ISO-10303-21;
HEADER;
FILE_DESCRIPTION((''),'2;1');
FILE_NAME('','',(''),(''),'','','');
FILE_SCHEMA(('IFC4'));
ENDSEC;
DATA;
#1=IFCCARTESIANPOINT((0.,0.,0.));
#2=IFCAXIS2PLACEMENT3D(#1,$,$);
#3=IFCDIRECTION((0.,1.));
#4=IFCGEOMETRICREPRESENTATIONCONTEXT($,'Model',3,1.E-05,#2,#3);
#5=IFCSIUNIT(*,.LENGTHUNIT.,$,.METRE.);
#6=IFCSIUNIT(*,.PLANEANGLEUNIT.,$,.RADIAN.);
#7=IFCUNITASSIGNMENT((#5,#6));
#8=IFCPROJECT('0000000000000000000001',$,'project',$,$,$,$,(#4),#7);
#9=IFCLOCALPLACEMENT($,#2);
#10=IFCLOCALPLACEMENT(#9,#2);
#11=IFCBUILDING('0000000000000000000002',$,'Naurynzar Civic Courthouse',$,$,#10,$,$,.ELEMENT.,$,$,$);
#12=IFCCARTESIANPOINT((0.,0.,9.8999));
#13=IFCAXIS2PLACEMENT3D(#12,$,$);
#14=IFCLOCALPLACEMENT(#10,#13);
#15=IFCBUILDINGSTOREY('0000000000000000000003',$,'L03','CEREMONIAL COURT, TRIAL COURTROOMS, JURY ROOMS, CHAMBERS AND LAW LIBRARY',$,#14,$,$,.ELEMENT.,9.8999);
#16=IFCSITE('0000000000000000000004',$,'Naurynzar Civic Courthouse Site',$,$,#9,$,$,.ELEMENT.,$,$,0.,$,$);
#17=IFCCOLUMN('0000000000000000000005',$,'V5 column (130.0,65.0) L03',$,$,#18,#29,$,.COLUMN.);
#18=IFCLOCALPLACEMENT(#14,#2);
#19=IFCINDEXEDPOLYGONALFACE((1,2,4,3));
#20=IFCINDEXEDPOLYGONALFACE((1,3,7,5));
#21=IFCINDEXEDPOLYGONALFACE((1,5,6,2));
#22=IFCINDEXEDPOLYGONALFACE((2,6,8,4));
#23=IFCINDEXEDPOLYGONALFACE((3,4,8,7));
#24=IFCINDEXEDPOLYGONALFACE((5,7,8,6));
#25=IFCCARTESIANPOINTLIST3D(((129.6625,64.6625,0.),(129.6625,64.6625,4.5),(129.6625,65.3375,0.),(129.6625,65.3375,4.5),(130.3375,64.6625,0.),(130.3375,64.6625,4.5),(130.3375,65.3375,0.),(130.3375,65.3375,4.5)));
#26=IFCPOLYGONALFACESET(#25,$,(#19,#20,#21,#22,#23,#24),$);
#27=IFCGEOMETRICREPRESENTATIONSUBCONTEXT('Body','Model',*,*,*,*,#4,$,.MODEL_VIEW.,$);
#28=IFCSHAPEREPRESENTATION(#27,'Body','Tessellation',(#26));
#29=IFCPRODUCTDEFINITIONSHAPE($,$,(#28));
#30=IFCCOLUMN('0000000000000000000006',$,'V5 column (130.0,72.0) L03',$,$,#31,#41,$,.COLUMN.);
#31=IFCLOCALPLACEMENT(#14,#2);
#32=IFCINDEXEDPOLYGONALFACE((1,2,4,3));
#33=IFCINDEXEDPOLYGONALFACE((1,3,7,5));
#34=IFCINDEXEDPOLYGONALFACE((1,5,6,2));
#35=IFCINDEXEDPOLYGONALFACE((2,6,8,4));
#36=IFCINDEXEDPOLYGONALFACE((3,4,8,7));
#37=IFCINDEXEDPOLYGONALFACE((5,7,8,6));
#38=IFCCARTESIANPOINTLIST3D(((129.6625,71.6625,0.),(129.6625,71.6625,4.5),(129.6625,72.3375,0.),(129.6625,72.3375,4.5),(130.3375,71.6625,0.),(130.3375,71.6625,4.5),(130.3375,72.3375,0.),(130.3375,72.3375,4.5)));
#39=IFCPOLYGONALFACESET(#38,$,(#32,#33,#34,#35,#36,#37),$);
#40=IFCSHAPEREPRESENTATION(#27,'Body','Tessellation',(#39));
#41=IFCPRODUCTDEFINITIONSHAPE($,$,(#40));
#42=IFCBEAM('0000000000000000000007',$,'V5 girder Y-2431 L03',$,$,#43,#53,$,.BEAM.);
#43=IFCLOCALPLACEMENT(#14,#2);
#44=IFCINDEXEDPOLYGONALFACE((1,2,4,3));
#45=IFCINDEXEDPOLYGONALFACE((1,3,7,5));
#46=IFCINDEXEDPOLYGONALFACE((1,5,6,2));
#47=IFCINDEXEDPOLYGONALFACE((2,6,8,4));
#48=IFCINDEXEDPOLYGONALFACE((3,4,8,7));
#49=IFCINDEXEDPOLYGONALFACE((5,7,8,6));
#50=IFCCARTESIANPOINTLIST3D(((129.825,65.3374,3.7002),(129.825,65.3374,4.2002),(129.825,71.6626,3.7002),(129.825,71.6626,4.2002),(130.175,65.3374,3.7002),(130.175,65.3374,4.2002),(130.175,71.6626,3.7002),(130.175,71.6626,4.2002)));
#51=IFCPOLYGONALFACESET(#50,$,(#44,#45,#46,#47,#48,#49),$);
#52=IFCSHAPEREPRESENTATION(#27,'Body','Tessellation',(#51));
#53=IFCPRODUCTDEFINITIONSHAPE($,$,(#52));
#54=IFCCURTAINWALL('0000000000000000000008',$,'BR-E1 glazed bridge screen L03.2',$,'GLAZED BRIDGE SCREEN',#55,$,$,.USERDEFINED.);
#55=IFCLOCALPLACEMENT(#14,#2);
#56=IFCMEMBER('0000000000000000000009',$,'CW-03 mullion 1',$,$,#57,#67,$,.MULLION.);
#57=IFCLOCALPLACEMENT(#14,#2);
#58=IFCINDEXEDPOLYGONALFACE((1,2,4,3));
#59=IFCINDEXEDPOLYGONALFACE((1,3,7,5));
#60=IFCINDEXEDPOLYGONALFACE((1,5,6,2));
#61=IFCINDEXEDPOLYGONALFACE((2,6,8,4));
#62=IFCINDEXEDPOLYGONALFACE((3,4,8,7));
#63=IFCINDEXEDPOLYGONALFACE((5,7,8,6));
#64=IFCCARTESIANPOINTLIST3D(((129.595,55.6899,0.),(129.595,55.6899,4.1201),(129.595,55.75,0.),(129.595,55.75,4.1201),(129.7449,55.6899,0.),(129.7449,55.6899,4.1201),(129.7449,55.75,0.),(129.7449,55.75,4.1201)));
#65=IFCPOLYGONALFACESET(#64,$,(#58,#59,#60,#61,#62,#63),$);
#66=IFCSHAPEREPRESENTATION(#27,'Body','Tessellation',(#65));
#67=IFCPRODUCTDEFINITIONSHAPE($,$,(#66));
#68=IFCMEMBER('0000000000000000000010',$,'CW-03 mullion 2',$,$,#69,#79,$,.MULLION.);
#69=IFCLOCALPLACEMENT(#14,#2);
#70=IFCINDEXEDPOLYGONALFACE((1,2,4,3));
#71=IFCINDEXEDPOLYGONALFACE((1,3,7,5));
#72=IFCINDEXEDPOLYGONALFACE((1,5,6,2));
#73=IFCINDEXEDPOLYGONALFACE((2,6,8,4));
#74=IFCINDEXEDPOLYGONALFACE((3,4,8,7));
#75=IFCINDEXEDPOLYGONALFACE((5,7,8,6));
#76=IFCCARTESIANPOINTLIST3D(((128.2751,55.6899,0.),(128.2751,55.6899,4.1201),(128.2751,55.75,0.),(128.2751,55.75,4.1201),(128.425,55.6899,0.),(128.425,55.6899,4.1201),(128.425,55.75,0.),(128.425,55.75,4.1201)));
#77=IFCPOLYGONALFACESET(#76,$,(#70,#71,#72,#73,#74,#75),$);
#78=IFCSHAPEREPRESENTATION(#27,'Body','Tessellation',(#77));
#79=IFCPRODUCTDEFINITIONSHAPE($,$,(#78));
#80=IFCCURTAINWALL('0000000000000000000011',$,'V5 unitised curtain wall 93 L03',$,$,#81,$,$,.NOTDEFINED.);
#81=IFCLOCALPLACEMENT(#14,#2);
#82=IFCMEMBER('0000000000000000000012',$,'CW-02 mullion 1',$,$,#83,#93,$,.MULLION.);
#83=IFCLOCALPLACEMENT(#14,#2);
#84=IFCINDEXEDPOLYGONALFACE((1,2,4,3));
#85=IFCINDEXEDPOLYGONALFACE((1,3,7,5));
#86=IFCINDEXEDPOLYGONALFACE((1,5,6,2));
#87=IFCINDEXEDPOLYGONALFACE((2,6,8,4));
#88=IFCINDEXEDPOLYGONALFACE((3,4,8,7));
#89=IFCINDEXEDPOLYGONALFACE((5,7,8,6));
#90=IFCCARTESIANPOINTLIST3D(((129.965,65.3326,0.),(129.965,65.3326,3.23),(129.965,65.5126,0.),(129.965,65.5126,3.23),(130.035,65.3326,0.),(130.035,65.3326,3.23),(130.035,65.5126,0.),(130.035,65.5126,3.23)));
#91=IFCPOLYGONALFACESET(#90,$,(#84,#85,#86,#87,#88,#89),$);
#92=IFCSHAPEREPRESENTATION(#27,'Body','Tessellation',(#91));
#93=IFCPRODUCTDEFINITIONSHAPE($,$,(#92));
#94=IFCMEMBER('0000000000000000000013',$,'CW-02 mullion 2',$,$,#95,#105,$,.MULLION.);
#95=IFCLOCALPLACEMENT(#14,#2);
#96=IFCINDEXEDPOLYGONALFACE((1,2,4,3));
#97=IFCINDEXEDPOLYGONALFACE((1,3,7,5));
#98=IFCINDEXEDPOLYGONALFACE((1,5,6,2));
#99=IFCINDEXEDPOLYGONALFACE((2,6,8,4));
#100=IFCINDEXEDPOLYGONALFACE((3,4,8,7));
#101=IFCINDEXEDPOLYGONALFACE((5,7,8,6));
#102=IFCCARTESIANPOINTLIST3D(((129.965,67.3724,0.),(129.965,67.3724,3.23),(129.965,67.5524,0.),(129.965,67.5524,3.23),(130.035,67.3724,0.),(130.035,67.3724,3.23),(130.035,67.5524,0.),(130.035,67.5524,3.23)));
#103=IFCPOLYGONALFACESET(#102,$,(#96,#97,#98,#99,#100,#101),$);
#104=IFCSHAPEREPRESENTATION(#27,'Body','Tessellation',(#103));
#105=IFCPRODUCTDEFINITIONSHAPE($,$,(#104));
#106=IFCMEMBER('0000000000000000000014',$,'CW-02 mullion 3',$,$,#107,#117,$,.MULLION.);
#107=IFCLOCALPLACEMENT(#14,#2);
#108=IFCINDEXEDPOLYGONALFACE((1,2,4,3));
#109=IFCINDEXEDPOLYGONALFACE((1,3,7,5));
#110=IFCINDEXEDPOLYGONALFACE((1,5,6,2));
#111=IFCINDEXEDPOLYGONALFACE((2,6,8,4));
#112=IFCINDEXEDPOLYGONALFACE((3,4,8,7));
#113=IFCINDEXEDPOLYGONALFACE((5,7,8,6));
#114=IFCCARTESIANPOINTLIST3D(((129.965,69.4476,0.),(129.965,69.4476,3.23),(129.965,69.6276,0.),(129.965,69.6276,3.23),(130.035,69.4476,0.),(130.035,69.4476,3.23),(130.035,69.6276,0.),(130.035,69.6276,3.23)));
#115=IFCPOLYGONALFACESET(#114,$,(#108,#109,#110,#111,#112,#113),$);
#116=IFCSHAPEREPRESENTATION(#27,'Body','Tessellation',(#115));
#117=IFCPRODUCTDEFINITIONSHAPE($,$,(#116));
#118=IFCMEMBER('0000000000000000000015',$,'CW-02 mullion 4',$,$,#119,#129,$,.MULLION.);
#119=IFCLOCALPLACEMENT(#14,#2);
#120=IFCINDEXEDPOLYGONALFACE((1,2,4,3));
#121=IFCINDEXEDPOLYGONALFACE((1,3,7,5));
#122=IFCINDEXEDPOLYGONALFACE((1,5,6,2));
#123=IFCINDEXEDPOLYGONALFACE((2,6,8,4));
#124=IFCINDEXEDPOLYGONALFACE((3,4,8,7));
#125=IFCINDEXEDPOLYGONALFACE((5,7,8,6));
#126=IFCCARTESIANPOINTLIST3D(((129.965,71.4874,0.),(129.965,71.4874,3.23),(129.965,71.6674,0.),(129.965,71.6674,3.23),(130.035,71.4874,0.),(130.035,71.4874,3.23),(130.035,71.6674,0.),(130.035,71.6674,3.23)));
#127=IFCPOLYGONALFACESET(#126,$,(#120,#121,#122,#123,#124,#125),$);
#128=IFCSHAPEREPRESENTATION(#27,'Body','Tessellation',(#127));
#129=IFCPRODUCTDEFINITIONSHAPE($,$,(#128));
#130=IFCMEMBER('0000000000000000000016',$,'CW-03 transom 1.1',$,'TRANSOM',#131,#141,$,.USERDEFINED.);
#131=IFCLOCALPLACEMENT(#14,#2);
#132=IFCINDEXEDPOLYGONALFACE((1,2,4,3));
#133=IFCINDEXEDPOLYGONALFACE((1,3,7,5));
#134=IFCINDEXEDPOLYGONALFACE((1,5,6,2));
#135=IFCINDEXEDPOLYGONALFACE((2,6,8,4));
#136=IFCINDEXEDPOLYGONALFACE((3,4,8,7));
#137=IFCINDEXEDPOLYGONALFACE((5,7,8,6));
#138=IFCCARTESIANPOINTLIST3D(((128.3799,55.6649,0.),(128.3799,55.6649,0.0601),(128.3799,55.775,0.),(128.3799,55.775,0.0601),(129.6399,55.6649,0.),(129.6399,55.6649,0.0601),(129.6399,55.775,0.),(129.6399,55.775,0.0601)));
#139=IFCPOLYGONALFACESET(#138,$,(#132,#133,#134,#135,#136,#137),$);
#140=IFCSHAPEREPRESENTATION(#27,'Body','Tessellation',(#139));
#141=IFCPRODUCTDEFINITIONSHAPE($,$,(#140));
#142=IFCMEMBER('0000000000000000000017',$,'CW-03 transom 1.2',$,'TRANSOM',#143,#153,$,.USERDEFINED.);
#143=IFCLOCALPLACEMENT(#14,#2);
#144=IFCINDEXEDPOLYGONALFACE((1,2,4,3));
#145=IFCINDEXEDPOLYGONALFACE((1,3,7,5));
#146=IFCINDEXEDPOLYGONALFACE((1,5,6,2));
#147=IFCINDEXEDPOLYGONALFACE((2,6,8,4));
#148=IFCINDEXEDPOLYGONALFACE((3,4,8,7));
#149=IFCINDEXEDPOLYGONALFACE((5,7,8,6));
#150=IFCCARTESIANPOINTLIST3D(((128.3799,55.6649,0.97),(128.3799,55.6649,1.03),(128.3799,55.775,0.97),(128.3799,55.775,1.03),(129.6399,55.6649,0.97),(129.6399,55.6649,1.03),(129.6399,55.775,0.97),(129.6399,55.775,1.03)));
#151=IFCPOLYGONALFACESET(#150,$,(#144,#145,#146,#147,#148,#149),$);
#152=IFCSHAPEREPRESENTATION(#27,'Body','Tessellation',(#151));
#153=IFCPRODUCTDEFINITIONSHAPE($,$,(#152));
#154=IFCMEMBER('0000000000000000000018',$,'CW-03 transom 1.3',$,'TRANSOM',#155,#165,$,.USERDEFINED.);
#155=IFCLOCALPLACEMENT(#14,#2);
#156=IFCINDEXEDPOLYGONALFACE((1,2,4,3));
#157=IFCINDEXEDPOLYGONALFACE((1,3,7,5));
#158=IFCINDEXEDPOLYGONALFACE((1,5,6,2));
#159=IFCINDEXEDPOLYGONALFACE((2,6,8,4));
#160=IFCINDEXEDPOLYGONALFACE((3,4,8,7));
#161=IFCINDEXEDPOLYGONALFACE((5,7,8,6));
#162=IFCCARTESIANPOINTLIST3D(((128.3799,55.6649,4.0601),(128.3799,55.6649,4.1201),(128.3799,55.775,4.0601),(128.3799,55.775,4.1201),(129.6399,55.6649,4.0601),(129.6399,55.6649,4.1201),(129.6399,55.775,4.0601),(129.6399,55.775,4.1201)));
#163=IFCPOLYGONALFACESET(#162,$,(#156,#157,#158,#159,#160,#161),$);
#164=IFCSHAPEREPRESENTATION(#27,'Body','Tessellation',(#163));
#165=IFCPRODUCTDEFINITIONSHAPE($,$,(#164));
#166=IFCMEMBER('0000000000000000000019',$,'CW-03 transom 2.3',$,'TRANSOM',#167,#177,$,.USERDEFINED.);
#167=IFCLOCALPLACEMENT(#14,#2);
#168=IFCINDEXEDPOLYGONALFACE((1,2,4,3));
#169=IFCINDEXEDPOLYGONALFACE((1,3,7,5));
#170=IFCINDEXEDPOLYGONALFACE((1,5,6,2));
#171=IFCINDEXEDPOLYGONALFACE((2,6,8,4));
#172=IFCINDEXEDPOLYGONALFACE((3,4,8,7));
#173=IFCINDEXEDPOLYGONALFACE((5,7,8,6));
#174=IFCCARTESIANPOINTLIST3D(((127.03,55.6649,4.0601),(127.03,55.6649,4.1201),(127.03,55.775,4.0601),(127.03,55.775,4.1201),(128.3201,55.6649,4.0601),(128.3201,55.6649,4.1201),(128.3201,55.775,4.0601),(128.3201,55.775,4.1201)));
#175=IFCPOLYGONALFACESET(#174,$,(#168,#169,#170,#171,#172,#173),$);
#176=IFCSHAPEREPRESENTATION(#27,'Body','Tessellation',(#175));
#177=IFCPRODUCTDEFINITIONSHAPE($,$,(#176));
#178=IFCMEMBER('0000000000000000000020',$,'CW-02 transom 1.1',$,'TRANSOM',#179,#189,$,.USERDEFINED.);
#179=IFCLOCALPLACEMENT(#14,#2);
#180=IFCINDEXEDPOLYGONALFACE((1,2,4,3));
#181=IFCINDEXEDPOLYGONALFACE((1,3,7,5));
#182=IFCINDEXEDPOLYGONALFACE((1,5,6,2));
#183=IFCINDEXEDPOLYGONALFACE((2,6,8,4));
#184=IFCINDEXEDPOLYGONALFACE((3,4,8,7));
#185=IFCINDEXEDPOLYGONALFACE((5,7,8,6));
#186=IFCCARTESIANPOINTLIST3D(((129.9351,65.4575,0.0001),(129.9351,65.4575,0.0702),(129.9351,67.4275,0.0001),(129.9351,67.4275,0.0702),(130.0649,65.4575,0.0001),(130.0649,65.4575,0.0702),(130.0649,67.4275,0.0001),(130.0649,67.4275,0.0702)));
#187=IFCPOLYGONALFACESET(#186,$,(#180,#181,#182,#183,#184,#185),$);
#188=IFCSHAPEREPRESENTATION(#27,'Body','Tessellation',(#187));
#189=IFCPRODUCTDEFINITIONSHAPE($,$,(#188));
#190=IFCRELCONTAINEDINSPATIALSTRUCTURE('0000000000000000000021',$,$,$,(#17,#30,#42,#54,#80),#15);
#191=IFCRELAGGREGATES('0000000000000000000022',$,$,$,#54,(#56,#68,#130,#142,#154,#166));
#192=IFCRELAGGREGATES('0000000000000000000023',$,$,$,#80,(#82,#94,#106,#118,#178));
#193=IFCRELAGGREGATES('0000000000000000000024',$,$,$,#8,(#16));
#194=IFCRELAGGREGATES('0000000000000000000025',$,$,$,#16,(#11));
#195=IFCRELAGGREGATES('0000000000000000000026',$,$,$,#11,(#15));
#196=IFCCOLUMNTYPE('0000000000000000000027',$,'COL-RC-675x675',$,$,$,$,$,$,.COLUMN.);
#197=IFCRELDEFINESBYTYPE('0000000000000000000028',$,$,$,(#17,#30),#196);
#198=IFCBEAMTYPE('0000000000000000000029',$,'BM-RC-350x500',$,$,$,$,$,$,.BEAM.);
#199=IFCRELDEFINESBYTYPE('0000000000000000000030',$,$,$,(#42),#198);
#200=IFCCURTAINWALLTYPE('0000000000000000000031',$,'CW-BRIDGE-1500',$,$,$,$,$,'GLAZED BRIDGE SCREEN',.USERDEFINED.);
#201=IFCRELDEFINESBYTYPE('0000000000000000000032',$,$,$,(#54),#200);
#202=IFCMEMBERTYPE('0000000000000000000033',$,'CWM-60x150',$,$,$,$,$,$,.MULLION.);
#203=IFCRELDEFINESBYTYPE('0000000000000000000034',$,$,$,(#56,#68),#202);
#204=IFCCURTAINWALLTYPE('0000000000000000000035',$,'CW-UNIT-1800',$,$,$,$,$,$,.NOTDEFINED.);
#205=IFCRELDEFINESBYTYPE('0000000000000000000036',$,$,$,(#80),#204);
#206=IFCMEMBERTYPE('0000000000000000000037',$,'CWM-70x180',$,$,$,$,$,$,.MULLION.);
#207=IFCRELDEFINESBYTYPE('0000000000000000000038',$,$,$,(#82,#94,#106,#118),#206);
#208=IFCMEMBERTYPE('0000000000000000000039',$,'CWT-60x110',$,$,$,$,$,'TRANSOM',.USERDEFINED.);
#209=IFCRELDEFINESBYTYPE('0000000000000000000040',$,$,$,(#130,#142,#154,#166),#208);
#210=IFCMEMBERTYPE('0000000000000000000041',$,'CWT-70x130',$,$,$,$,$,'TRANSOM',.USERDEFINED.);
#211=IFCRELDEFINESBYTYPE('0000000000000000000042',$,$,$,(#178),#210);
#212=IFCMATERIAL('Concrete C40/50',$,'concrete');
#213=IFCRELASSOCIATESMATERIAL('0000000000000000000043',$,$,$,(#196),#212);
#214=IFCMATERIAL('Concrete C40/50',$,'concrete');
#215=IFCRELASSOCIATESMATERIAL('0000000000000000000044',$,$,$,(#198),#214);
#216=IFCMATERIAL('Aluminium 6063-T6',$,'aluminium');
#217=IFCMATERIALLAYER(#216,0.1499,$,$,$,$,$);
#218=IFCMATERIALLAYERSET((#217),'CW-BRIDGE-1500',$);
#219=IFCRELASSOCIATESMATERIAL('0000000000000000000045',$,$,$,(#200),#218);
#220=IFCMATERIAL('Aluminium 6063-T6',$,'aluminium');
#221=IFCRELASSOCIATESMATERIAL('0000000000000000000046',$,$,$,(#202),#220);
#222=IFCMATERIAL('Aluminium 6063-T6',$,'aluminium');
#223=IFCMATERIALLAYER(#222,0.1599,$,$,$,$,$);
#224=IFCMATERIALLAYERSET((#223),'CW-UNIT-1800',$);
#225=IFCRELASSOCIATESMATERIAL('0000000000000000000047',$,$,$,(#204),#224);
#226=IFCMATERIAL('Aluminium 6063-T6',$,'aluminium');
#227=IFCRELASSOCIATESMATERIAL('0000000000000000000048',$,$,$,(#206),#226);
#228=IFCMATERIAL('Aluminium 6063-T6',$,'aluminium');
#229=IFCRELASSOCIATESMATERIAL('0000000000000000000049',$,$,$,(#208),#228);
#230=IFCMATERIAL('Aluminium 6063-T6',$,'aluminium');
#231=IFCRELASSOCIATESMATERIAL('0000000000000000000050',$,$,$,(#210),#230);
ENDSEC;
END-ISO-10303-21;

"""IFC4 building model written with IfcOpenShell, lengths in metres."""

from ifc_helpers import new_model, si_unit, direction, frame, origin, origin_2d, place, context, subcontext, project, spatial, rectangle, extrude, material, layer, layer_set, material_profile, profile_set, type_object, element, aggregate, save


model = new_model("IFC4")

# Units and contexts
model_context = context("Model", 3, precision=1e-05, world=origin(), true_north=direction((0.0, 1.0)))
body_context = subcontext(model_context, "Body", "Model", "MODEL_VIEW")
ifc_project = project(units=[si_unit("LENGTHUNIT", "METRE"), si_unit("PLANEANGLEUNIT", "RADIAN")], contexts=[model_context])

# Site, building, storey
site_placement = place(None, origin())
site = spatial("IfcSite", under=ifc_project, at=site_placement, Name="Naurynzar Civic Courthouse Site", CompositionType="ELEMENT", RefElevation=0.0)
building_placement = place(site_placement, origin())
building = spatial("IfcBuilding", under=site, at=building_placement, Name="Naurynzar Civic Courthouse", CompositionType="ELEMENT")
storey_placement = place(building_placement, frame((0.0, 0.0, 9.8999)))
storey = spatial("IfcBuildingStorey", under=building, at=storey_placement, Name="L03", Description="CEREMONIAL COURT, TRIAL COURTROOMS, JURY ROOMS, CHAMBERS AND LAW LIBRARY", CompositionType="ELEMENT", Elevation=9.8999)

# Columns
ifc_material_1 = material(Name="Concrete C40/50", Category="concrete")
ifc_material_profile_1 = material_profile(ifc_material_1, rectangle(XDim=0.675, YDim=0.675, at=origin_2d()), Name="RC 675x675")
ifc_profile_set_1 = profile_set([ifc_material_profile_1], Name="Concrete C40/50")
column_type = type_object("IfcColumnType", Name="COL-RC-675x675", PredefinedType="COLUMN", material=ifc_profile_set_1)
for number, where, z_axis, x_axis, name in (
    (1, (130.0, 65.0, 0.0), (0.0, 0.0, 1.0), (1.0, 0.0, 0.0), "V5 column (130.0,65.0) L03"),
    (2, (130.0, 72.0, 0.0), (0.0, 0.0, 1.0), (1.0, 0.0, 0.0), "V5 column (130.0,72.0) L03"),
):
    element("IfcColumn", number, at=place(storey_placement, frame(where, z_axis=z_axis, x_axis=x_axis)), inside=storey, type_object=column_type, Name=name, PredefinedType="COLUMN", context=body_context, shape_type="SweptSolid", body=[
        extrude(rectangle(XDim=0.675, YDim=0.675, at=origin_2d()), origin(), (0.0, 0.0, 1.0), 4.5),
    ])

# Beam
ifc_material_2 = material(Name="Concrete C40/50", Category="concrete")
ifc_material_profile_2 = material_profile(ifc_material_2, rectangle(XDim=0.3501, YDim=0.5, at=origin_2d()), Name="RCB 350x500")
ifc_profile_set_2 = profile_set([ifc_material_profile_2], Name="Concrete C40/50")
beam_type = type_object("IfcBeamType", Name="BM-RC-350x500", PredefinedType="BEAM", material=ifc_profile_set_2)
beam_placement = place(storey_placement, frame((130.0, 65.3374, 3.9502), z_axis=(0.0, 1.0, 0.0), x_axis=(-1.0, 0.0, 0.0)))
element("IfcBeam", 3, at=beam_placement, inside=storey, type_object=beam_type, Name="V5 girder Y-2431 L03", PredefinedType="BEAM", context=body_context, shape_type="SweptSolid", body=[
    extrude(rectangle(XDim=0.3501, YDim=0.5, at=origin_2d()), origin(), (0.0, 0.0, 1.0), 6.3252),
])

# Curtain walls, members
ifc_material_3 = material(Name="Aluminium 6063-T6", Category="aluminium")
ifc_layer_1 = layer(ifc_material_3, 0.1499)
ifc_layer_set_1 = layer_set([ifc_layer_1], Name="CW-BRIDGE-1500")
curtain_wall_type_1 = type_object("IfcCurtainWallType", Name="CW-BRIDGE-1500", ElementType="GLAZED BRIDGE SCREEN", PredefinedType="USERDEFINED", material=ifc_layer_set_1)
curtain_wall_1_placement = place(storey_placement, origin())
curtain_wall_1 = element("IfcCurtainWall", 4, at=curtain_wall_1_placement, inside=storey, type_object=curtain_wall_type_1, Name="BR-E1 glazed bridge screen L03.2", ObjectType="GLAZED BRIDGE SCREEN", PredefinedType="USERDEFINED")
ifc_material_4 = material(Name="Aluminium 6063-T6", Category="aluminium")
ifc_material_profile_3 = material_profile(ifc_material_4, rectangle(XDim=0.0601, YDim=0.1499, at=origin_2d()), Name="ALU MULLION 60x150")
ifc_profile_set_3 = profile_set([ifc_material_profile_3], Name="Aluminium 6063-T6")
member_type_1 = type_object("IfcMemberType", Name="CWM-60x150", PredefinedType="MULLION", material=ifc_profile_set_3)
member_1_placement = place(storey_placement, frame((129.6699, 55.72, 0.0), z_axis=(0.0, 0.0, 1.0), x_axis=(0.0, -1.0, 0.0)))
member_1 = element("IfcMember", 5, at=member_1_placement, type_object=member_type_1, Name="CW-03 mullion 1", PredefinedType="MULLION", context=body_context, shape_type="SweptSolid", body=[
    extrude(rectangle(XDim=0.0601, YDim=0.1499, at=origin_2d()), origin(), (0.0, 0.0, 1.0), 4.1201),
])
member_2_placement = place(storey_placement, frame((128.3501, 55.72, 0.0), z_axis=(0.0, 0.0, 1.0), x_axis=(0.0, -1.0, 0.0)))
member_2 = element("IfcMember", 6, at=member_2_placement, type_object=member_type_1, Name="CW-03 mullion 2", PredefinedType="MULLION", context=body_context, shape_type="SweptSolid", body=[
    extrude(rectangle(XDim=0.0601, YDim=0.1499, at=origin_2d()), origin(), (0.0, 0.0, 1.0), 4.1201),
])
ifc_material_5 = material(Name="Aluminium 6063-T6", Category="aluminium")
ifc_layer_2 = layer(ifc_material_5, 0.1599)
ifc_layer_set_2 = layer_set([ifc_layer_2], Name="CW-UNIT-1800")
curtain_wall_type_2 = type_object("IfcCurtainWallType", Name="CW-UNIT-1800", PredefinedType="NOTDEFINED", material=ifc_layer_set_2)
curtain_wall_2_placement = place(storey_placement, origin())
curtain_wall_2 = element("IfcCurtainWall", 7, at=curtain_wall_2_placement, inside=storey, type_object=curtain_wall_type_2, Name="V5 unitised curtain wall 93 L03", PredefinedType="NOTDEFINED")
ifc_material_6 = material(Name="Aluminium 6063-T6", Category="aluminium")
ifc_material_profile_4 = material_profile(ifc_material_6, rectangle(XDim=0.0701, YDim=0.1799, at=origin_2d()), Name="ALU MULLION 70x180")
ifc_profile_set_4 = profile_set([ifc_material_profile_4], Name="Aluminium 6063-T6")
member_type_2 = type_object("IfcMemberType", Name="CWM-70x180", PredefinedType="MULLION", material=ifc_profile_set_4)
member_3_placement = place(storey_placement, frame((130.0, 65.4226, 0.0), z_axis=(0.0, 0.0, 1.0), x_axis=(-1.0, 0.0, 0.0)))
member_3 = element("IfcMember", 8, at=member_3_placement, type_object=member_type_2, Name="CW-02 mullion 1", PredefinedType="MULLION", context=body_context, shape_type="SweptSolid", body=[
    extrude(rectangle(XDim=0.0701, YDim=0.1799, at=origin_2d()), origin(), (0.0, 0.0, 1.0), 3.23),
])
member_4_placement = place(storey_placement, frame((130.0, 67.4624, 0.0), z_axis=(0.0, 0.0, 1.0), x_axis=(-1.0, 0.0, 0.0)))
member_4 = element("IfcMember", 9, at=member_4_placement, type_object=member_type_2, Name="CW-02 mullion 2", PredefinedType="MULLION", context=body_context, shape_type="SweptSolid", body=[
    extrude(rectangle(XDim=0.0701, YDim=0.1799, at=origin_2d()), origin(), (0.0, 0.0, 1.0), 3.23),
])
member_5_placement = place(storey_placement, frame((130.0, 69.5376, 0.0), z_axis=(0.0, 0.0, 1.0), x_axis=(-1.0, 0.0, 0.0)))
member_5 = element("IfcMember", 10, at=member_5_placement, type_object=member_type_2, Name="CW-02 mullion 3", PredefinedType="MULLION", context=body_context, shape_type="SweptSolid", body=[
    extrude(rectangle(XDim=0.0701, YDim=0.1799, at=origin_2d()), origin(), (0.0, 0.0, 1.0), 3.23),
])
member_6_placement = place(storey_placement, frame((130.0, 71.5774, 0.0), z_axis=(0.0, 0.0, 1.0), x_axis=(-1.0, 0.0, 0.0)))
member_6 = element("IfcMember", 11, at=member_6_placement, type_object=member_type_2, Name="CW-02 mullion 4", PredefinedType="MULLION", context=body_context, shape_type="SweptSolid", body=[
    extrude(rectangle(XDim=0.0701, YDim=0.1799, at=origin_2d()), origin(), (0.0, 0.0, 1.0), 3.23),
])

# Members
ifc_material_7 = material(Name="Aluminium 6063-T6", Category="aluminium")
ifc_material_profile_5 = material_profile(ifc_material_7, rectangle(XDim=0.1101, YDim=0.0601, at=origin_2d()), Name="ALU TRANSOM 60x110")
ifc_profile_set_5 = profile_set([ifc_material_profile_5], Name="Aluminium 6063-T6")
member_type_3 = type_object("IfcMemberType", Name="CWT-60x110", ElementType="TRANSOM", PredefinedType="USERDEFINED", material=ifc_profile_set_5)
member_7_placement = place(storey_placement, frame((129.6399, 55.72, 0.03), z_axis=(-1.0, 0.0, 0.0), x_axis=(0.0, -1.0, 0.0)))
member_7 = element("IfcMember", 12, at=member_7_placement, type_object=member_type_3, Name="CW-03 transom 1.1", ObjectType="TRANSOM", PredefinedType="USERDEFINED", context=body_context, shape_type="SweptSolid", body=[
    extrude(rectangle(XDim=0.1101, YDim=0.0601, at=origin_2d()), origin(), (0.0, 0.0, 1.0), 1.26),
])
member_8_placement = place(storey_placement, frame((129.6399, 55.72, 1.0), z_axis=(-1.0, 0.0, 0.0), x_axis=(0.0, -1.0, 0.0)))
member_8 = element("IfcMember", 13, at=member_8_placement, type_object=member_type_3, Name="CW-03 transom 1.2", ObjectType="TRANSOM", PredefinedType="USERDEFINED", context=body_context, shape_type="SweptSolid", body=[
    extrude(rectangle(XDim=0.1101, YDim=0.0601, at=origin_2d()), origin(), (0.0, 0.0, 1.0), 1.26),
])
member_9_placement = place(storey_placement, frame((129.6399, 55.72, 4.0901), z_axis=(-1.0, 0.0, 0.0), x_axis=(0.0, -1.0, 0.0)))
member_9 = element("IfcMember", 14, at=member_9_placement, type_object=member_type_3, Name="CW-03 transom 1.3", ObjectType="TRANSOM", PredefinedType="USERDEFINED", context=body_context, shape_type="SweptSolid", body=[
    extrude(rectangle(XDim=0.1101, YDim=0.0601, at=origin_2d()), origin(), (0.0, 0.0, 1.0), 1.26),
])
member_10_placement = place(storey_placement, frame((128.3201, 55.72, 4.0901), z_axis=(-1.0, 0.0, 0.0), x_axis=(0.0, -1.0, 0.0)))
member_10 = element("IfcMember", 15, at=member_10_placement, type_object=member_type_3, Name="CW-03 transom 2.3", ObjectType="TRANSOM", PredefinedType="USERDEFINED", context=body_context, shape_type="SweptSolid", body=[
    extrude(rectangle(XDim=0.1101, YDim=0.0601, at=origin_2d()), origin(), (0.0, 0.0, 1.0), 1.29),
])
ifc_material_8 = material(Name="Aluminium 6063-T6", Category="aluminium")
ifc_material_profile_6 = material_profile(ifc_material_8, rectangle(XDim=0.1299, YDim=0.0701, at=origin_2d()), Name="ALU TRANSOM 70x130")
ifc_profile_set_6 = profile_set([ifc_material_profile_6], Name="Aluminium 6063-T6")
member_type_4 = type_object("IfcMemberType", Name="CWT-70x130", ElementType="TRANSOM", PredefinedType="USERDEFINED", material=ifc_profile_set_6)
member_11_placement = place(storey_placement, frame((130.0, 65.4575, 0.0352), z_axis=(0.0, 1.0, 0.0), x_axis=(-1.0, 0.0, 0.0)))
member_11 = element("IfcMember", 16, at=member_11_placement, type_object=member_type_4, Name="CW-02 transom 1.1", ObjectType="TRANSOM", PredefinedType="USERDEFINED", context=body_context, shape_type="SweptSolid", body=[
    extrude(rectangle(XDim=0.1299, YDim=0.0701, at=origin_2d()), origin(), (0.0, 0.0, 1.0), 1.97),
])

aggregate(curtain_wall_1, [member_1, member_2, member_7, member_8, member_9, member_10])
aggregate(curtain_wall_2, [member_3, member_4, member_5, member_6, member_11])

save(model, "model.ifc")
